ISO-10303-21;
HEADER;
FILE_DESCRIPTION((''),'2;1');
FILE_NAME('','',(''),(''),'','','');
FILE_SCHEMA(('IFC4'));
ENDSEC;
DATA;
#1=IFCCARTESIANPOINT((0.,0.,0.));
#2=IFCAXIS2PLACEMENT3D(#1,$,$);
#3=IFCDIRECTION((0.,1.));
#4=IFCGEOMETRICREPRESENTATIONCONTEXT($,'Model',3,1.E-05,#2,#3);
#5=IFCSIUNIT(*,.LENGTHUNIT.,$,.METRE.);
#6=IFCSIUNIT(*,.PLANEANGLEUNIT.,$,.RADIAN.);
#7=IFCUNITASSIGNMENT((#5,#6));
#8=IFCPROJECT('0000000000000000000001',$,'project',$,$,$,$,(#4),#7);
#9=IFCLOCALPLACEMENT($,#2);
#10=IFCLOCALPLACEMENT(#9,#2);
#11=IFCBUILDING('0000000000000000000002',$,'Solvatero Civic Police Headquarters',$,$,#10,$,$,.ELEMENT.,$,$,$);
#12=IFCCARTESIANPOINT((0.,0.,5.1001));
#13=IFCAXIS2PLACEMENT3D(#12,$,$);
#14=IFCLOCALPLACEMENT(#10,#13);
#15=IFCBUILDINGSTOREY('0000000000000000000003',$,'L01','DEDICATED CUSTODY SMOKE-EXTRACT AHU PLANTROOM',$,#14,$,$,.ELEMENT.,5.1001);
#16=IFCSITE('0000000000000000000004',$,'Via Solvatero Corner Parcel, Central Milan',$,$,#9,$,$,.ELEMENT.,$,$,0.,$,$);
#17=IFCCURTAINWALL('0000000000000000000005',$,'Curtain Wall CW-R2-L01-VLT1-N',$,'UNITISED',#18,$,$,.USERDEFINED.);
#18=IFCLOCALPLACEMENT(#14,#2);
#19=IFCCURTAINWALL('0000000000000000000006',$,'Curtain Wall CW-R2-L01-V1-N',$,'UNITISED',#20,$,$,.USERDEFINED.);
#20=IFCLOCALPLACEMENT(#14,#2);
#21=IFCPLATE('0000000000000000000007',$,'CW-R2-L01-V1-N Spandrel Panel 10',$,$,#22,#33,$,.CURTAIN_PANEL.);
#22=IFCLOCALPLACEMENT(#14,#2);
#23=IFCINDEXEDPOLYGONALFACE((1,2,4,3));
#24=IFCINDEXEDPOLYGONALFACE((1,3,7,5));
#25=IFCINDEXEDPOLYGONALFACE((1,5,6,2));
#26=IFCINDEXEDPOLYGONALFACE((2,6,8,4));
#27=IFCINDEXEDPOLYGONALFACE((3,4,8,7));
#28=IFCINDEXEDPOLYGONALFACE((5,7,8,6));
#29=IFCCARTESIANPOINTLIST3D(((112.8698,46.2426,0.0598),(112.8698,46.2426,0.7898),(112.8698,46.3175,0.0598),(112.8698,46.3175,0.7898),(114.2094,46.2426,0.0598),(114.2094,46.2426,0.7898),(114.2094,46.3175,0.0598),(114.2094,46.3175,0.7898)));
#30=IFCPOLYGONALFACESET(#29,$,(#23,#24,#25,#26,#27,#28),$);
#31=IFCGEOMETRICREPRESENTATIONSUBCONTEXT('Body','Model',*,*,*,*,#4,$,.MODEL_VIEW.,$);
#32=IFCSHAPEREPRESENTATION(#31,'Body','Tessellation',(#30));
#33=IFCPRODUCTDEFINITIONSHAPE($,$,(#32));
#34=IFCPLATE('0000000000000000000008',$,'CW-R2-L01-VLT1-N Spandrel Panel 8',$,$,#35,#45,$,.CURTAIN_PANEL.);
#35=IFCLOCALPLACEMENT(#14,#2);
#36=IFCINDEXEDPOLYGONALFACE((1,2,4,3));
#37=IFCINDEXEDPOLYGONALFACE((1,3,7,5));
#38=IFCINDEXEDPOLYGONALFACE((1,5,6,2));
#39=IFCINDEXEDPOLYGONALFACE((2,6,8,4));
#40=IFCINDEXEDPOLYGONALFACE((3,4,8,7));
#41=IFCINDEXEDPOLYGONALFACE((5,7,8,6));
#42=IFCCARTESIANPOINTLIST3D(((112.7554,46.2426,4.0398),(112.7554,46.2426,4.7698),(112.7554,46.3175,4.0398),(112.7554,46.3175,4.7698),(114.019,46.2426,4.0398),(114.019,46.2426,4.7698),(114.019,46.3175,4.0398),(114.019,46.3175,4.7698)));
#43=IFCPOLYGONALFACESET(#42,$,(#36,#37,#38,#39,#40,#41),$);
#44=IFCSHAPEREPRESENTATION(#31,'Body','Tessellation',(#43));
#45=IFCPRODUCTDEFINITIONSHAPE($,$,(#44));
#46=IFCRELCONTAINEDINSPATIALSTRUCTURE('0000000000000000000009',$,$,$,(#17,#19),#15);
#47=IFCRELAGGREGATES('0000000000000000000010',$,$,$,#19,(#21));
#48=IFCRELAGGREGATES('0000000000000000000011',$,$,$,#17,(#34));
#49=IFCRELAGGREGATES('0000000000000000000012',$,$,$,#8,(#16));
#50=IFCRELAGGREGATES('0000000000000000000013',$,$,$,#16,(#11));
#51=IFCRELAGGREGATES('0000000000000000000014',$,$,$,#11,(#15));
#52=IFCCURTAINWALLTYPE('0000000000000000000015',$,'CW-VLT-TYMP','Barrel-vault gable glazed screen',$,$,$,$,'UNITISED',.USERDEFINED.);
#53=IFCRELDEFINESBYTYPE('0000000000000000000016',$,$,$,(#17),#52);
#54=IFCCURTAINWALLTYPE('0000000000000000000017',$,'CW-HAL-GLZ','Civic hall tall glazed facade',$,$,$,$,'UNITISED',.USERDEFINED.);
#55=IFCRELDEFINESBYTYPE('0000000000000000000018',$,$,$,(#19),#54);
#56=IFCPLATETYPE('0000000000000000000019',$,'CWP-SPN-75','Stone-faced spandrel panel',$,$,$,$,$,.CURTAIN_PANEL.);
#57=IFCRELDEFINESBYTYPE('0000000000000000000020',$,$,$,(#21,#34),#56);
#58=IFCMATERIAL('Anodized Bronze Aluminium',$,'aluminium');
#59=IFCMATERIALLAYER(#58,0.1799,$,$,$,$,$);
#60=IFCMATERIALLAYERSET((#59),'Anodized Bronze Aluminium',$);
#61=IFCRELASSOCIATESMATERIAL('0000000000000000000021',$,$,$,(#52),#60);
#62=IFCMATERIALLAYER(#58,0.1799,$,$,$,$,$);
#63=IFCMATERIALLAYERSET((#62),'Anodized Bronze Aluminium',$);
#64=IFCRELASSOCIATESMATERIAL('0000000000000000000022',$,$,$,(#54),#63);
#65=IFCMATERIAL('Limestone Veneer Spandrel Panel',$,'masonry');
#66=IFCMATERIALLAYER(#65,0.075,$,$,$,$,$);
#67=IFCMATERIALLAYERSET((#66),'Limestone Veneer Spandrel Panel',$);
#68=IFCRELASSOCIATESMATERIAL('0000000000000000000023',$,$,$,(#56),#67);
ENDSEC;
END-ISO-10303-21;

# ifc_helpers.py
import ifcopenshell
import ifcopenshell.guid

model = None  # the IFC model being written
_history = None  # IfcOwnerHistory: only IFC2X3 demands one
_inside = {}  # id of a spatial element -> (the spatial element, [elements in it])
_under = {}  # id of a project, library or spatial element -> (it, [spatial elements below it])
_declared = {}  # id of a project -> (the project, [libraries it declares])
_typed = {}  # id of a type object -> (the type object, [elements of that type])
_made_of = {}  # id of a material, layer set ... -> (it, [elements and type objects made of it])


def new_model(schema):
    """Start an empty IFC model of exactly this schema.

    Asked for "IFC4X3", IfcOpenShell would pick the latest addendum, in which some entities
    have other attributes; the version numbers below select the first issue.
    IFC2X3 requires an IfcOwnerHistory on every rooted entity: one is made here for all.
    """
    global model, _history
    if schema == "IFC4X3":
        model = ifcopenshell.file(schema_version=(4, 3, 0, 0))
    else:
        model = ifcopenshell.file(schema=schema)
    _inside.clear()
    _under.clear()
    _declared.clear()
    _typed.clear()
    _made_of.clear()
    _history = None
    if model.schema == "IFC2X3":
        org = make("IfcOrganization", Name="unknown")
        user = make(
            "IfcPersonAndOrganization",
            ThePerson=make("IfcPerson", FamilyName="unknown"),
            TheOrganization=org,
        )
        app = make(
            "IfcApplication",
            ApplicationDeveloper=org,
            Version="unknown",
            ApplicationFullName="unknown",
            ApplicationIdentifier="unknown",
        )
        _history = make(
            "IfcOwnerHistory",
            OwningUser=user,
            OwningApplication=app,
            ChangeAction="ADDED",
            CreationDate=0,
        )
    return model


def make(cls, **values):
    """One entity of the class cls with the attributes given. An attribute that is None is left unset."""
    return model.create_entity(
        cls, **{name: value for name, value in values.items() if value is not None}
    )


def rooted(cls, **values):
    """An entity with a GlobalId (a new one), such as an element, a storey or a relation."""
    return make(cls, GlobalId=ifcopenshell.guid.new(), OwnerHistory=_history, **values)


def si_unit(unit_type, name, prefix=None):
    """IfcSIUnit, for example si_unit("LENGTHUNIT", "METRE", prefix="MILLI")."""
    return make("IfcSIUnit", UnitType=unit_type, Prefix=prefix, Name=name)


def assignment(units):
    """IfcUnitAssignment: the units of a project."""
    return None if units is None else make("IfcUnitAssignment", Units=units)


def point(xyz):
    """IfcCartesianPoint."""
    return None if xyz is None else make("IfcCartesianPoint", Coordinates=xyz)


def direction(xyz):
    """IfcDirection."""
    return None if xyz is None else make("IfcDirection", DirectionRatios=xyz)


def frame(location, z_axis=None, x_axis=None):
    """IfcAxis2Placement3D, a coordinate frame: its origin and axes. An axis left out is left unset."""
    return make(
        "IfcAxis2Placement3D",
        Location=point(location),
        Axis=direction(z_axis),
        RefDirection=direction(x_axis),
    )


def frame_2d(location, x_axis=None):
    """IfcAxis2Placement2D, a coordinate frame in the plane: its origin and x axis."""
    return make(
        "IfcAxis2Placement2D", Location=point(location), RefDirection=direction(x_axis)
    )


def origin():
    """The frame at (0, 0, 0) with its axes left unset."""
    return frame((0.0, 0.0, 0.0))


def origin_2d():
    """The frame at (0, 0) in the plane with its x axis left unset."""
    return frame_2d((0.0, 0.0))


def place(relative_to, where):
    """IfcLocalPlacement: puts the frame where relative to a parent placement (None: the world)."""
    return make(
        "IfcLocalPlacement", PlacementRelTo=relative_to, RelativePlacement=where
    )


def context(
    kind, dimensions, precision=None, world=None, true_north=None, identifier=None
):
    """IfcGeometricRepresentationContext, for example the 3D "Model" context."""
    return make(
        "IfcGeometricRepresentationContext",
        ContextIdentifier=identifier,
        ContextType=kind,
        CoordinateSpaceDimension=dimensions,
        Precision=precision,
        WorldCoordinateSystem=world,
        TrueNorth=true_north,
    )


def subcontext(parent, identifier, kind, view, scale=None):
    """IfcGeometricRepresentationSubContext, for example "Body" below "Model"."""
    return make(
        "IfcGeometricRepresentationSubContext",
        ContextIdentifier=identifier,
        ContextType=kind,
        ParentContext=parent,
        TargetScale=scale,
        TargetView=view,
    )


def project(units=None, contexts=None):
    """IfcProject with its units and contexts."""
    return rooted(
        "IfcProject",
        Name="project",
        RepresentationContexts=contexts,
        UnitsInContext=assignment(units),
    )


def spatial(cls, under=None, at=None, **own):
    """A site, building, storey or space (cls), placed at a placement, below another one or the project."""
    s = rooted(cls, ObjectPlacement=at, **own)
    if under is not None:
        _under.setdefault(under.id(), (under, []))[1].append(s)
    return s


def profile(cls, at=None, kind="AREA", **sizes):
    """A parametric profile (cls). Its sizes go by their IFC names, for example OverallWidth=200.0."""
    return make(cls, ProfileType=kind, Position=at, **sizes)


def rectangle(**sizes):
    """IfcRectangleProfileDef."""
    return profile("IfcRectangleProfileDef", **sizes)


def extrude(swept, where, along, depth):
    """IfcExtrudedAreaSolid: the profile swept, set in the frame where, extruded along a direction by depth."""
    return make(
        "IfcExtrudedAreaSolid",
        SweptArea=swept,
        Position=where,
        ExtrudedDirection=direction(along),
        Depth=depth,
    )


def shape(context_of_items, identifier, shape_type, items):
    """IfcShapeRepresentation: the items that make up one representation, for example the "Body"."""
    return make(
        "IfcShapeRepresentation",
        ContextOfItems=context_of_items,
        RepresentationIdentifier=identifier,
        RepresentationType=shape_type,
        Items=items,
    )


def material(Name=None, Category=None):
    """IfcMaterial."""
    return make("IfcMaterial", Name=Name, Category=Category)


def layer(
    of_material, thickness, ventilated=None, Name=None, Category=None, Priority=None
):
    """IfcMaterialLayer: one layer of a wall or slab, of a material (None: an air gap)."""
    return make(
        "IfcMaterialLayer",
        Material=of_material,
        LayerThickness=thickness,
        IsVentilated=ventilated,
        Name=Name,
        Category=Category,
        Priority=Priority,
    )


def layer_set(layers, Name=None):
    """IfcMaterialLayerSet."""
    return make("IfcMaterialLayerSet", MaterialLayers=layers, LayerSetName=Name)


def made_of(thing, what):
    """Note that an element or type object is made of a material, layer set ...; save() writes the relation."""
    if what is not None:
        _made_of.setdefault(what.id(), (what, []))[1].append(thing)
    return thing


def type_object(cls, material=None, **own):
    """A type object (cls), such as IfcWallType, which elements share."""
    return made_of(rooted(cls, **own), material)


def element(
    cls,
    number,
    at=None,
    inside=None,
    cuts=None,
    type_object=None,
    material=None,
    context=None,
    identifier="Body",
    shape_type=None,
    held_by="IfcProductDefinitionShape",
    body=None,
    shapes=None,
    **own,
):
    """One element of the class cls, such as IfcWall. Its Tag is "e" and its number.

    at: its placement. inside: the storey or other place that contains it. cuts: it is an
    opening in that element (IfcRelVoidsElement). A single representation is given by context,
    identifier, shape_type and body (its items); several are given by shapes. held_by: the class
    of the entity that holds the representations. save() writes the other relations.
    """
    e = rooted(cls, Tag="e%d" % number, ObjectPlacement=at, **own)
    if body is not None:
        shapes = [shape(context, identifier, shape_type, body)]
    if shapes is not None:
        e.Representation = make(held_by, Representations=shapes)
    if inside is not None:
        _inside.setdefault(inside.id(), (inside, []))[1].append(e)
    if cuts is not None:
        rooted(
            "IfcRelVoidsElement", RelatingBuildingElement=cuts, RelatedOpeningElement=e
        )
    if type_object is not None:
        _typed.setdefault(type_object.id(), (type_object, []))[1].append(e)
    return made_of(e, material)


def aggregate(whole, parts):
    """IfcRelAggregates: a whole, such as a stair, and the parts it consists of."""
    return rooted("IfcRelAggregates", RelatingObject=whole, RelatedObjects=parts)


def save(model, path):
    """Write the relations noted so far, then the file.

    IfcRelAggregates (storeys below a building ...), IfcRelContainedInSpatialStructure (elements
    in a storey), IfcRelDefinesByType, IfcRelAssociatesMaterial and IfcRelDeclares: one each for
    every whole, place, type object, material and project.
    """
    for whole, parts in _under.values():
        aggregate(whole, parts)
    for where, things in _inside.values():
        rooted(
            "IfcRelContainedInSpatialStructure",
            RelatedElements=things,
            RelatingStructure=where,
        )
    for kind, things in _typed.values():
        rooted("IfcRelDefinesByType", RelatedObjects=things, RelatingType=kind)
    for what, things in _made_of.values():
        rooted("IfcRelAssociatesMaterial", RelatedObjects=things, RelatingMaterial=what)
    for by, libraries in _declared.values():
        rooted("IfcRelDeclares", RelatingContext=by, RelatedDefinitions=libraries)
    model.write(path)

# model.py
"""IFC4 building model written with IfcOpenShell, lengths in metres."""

from ifc_helpers import new_model, si_unit, direction, frame, origin, origin_2d, place, context, subcontext, project, spatial, rectangle, extrude, material, layer, layer_set, type_object, element, aggregate, save


model = new_model("IFC4")

# Units and contexts
model_context = context("Model", 3, precision=1e-05, world=origin(), true_north=direction((0.0, 1.0)))
body_context = subcontext(model_context, "Body", "Model", "MODEL_VIEW")
ifc_project = project(units=[si_unit("LENGTHUNIT", "METRE"), si_unit("PLANEANGLEUNIT", "RADIAN")], contexts=[model_context])

# Site, building, storey
site_placement = place(None, origin())
site = spatial("IfcSite", under=ifc_project, at=site_placement, Name="Via Solvatero Corner Parcel, Central Milan", CompositionType="ELEMENT", RefElevation=0.0)
building_placement = place(site_placement, origin())
building = spatial("IfcBuilding", under=site, at=building_placement, Name="Solvatero Civic Police Headquarters", CompositionType="ELEMENT")
storey_placement = place(building_placement, frame((0.0, 0.0, 5.1001)))
storey = spatial("IfcBuildingStorey", under=building, at=storey_placement, Name="L01", Description="DEDICATED CUSTODY SMOKE-EXTRACT AHU PLANTROOM", CompositionType="ELEMENT", Elevation=5.1001)

# Curtain walls
ifc_material_1 = material(Name="Anodized Bronze Aluminium", Category="aluminium")
ifc_layer_1 = layer(ifc_material_1, 0.1799)
ifc_layer_set_1 = layer_set([ifc_layer_1], Name="Anodized Bronze Aluminium")
curtain_wall_type_1 = type_object("IfcCurtainWallType", Name="CW-VLT-TYMP", Description="Barrel-vault gable glazed screen", ElementType="UNITISED", PredefinedType="USERDEFINED", material=ifc_layer_set_1)
curtain_wall_1_placement = place(storey_placement, origin())
curtain_wall_1 = element("IfcCurtainWall", 1, at=curtain_wall_1_placement, inside=storey, type_object=curtain_wall_type_1, Name="Curtain Wall CW-R2-L01-VLT1-N", ObjectType="UNITISED", PredefinedType="USERDEFINED")
ifc_layer_2 = layer(ifc_material_1, 0.1799)
ifc_layer_set_2 = layer_set([ifc_layer_2], Name="Anodized Bronze Aluminium")
curtain_wall_type_2 = type_object("IfcCurtainWallType", Name="CW-HAL-GLZ", Description="Civic hall tall glazed facade", ElementType="UNITISED", PredefinedType="USERDEFINED", material=ifc_layer_set_2)
curtain_wall_2_placement = place(storey_placement, origin())
curtain_wall_2 = element("IfcCurtainWall", 2, at=curtain_wall_2_placement, inside=storey, type_object=curtain_wall_type_2, Name="Curtain Wall CW-R2-L01-V1-N", ObjectType="UNITISED", PredefinedType="USERDEFINED")

# Plates
ifc_material_2 = material(Name="Limestone Veneer Spandrel Panel", Category="masonry")
ifc_layer_3 = layer(ifc_material_2, 0.075)
ifc_layer_set_3 = layer_set([ifc_layer_3], Name="Limestone Veneer Spandrel Panel")
plate_type_1 = type_object("IfcPlateType", Name="CWP-SPN-75", Description="Stone-faced spandrel panel", PredefinedType="CURTAIN_PANEL", material=ifc_layer_set_3)
plate_1_placement = place(storey_placement, frame((113.5396, 46.28, 0.0598), z_axis=(0.0, 0.0, 1.0), x_axis=(1.0, 0.0, 0.0)))
plate_1 = element("IfcPlate", 3, at=plate_1_placement, type_object=plate_type_1, Name="CW-R2-L01-V1-N Spandrel Panel 10", PredefinedType="CURTAIN_PANEL", context=body_context, shape_type="SweptSolid", body=[
    extrude(rectangle(XDim=1.3396, YDim=0.075, at=origin_2d()), origin(), (0.0, 0.0, 1.0), 0.73),
])
aggregate(curtain_wall_2, [plate_1])
plate_2_placement = place(storey_placement, frame((113.3872, 46.28, 4.0398), z_axis=(0.0, 0.0, 1.0), x_axis=(1.0, 0.0, 0.0)))
plate_2 = element("IfcPlate", 4, at=plate_2_placement, type_object=plate_type_1, Name="CW-R2-L01-VLT1-N Spandrel Panel 8", PredefinedType="CURTAIN_PANEL", context=body_context, shape_type="SweptSolid", body=[
    extrude(rectangle(XDim=1.2637, YDim=0.075, at=origin_2d()), origin(), (0.0, 0.0, 1.0), 0.73),
])
aggregate(curtain_wall_1, [plate_2])

save(model, "model.ifc")
